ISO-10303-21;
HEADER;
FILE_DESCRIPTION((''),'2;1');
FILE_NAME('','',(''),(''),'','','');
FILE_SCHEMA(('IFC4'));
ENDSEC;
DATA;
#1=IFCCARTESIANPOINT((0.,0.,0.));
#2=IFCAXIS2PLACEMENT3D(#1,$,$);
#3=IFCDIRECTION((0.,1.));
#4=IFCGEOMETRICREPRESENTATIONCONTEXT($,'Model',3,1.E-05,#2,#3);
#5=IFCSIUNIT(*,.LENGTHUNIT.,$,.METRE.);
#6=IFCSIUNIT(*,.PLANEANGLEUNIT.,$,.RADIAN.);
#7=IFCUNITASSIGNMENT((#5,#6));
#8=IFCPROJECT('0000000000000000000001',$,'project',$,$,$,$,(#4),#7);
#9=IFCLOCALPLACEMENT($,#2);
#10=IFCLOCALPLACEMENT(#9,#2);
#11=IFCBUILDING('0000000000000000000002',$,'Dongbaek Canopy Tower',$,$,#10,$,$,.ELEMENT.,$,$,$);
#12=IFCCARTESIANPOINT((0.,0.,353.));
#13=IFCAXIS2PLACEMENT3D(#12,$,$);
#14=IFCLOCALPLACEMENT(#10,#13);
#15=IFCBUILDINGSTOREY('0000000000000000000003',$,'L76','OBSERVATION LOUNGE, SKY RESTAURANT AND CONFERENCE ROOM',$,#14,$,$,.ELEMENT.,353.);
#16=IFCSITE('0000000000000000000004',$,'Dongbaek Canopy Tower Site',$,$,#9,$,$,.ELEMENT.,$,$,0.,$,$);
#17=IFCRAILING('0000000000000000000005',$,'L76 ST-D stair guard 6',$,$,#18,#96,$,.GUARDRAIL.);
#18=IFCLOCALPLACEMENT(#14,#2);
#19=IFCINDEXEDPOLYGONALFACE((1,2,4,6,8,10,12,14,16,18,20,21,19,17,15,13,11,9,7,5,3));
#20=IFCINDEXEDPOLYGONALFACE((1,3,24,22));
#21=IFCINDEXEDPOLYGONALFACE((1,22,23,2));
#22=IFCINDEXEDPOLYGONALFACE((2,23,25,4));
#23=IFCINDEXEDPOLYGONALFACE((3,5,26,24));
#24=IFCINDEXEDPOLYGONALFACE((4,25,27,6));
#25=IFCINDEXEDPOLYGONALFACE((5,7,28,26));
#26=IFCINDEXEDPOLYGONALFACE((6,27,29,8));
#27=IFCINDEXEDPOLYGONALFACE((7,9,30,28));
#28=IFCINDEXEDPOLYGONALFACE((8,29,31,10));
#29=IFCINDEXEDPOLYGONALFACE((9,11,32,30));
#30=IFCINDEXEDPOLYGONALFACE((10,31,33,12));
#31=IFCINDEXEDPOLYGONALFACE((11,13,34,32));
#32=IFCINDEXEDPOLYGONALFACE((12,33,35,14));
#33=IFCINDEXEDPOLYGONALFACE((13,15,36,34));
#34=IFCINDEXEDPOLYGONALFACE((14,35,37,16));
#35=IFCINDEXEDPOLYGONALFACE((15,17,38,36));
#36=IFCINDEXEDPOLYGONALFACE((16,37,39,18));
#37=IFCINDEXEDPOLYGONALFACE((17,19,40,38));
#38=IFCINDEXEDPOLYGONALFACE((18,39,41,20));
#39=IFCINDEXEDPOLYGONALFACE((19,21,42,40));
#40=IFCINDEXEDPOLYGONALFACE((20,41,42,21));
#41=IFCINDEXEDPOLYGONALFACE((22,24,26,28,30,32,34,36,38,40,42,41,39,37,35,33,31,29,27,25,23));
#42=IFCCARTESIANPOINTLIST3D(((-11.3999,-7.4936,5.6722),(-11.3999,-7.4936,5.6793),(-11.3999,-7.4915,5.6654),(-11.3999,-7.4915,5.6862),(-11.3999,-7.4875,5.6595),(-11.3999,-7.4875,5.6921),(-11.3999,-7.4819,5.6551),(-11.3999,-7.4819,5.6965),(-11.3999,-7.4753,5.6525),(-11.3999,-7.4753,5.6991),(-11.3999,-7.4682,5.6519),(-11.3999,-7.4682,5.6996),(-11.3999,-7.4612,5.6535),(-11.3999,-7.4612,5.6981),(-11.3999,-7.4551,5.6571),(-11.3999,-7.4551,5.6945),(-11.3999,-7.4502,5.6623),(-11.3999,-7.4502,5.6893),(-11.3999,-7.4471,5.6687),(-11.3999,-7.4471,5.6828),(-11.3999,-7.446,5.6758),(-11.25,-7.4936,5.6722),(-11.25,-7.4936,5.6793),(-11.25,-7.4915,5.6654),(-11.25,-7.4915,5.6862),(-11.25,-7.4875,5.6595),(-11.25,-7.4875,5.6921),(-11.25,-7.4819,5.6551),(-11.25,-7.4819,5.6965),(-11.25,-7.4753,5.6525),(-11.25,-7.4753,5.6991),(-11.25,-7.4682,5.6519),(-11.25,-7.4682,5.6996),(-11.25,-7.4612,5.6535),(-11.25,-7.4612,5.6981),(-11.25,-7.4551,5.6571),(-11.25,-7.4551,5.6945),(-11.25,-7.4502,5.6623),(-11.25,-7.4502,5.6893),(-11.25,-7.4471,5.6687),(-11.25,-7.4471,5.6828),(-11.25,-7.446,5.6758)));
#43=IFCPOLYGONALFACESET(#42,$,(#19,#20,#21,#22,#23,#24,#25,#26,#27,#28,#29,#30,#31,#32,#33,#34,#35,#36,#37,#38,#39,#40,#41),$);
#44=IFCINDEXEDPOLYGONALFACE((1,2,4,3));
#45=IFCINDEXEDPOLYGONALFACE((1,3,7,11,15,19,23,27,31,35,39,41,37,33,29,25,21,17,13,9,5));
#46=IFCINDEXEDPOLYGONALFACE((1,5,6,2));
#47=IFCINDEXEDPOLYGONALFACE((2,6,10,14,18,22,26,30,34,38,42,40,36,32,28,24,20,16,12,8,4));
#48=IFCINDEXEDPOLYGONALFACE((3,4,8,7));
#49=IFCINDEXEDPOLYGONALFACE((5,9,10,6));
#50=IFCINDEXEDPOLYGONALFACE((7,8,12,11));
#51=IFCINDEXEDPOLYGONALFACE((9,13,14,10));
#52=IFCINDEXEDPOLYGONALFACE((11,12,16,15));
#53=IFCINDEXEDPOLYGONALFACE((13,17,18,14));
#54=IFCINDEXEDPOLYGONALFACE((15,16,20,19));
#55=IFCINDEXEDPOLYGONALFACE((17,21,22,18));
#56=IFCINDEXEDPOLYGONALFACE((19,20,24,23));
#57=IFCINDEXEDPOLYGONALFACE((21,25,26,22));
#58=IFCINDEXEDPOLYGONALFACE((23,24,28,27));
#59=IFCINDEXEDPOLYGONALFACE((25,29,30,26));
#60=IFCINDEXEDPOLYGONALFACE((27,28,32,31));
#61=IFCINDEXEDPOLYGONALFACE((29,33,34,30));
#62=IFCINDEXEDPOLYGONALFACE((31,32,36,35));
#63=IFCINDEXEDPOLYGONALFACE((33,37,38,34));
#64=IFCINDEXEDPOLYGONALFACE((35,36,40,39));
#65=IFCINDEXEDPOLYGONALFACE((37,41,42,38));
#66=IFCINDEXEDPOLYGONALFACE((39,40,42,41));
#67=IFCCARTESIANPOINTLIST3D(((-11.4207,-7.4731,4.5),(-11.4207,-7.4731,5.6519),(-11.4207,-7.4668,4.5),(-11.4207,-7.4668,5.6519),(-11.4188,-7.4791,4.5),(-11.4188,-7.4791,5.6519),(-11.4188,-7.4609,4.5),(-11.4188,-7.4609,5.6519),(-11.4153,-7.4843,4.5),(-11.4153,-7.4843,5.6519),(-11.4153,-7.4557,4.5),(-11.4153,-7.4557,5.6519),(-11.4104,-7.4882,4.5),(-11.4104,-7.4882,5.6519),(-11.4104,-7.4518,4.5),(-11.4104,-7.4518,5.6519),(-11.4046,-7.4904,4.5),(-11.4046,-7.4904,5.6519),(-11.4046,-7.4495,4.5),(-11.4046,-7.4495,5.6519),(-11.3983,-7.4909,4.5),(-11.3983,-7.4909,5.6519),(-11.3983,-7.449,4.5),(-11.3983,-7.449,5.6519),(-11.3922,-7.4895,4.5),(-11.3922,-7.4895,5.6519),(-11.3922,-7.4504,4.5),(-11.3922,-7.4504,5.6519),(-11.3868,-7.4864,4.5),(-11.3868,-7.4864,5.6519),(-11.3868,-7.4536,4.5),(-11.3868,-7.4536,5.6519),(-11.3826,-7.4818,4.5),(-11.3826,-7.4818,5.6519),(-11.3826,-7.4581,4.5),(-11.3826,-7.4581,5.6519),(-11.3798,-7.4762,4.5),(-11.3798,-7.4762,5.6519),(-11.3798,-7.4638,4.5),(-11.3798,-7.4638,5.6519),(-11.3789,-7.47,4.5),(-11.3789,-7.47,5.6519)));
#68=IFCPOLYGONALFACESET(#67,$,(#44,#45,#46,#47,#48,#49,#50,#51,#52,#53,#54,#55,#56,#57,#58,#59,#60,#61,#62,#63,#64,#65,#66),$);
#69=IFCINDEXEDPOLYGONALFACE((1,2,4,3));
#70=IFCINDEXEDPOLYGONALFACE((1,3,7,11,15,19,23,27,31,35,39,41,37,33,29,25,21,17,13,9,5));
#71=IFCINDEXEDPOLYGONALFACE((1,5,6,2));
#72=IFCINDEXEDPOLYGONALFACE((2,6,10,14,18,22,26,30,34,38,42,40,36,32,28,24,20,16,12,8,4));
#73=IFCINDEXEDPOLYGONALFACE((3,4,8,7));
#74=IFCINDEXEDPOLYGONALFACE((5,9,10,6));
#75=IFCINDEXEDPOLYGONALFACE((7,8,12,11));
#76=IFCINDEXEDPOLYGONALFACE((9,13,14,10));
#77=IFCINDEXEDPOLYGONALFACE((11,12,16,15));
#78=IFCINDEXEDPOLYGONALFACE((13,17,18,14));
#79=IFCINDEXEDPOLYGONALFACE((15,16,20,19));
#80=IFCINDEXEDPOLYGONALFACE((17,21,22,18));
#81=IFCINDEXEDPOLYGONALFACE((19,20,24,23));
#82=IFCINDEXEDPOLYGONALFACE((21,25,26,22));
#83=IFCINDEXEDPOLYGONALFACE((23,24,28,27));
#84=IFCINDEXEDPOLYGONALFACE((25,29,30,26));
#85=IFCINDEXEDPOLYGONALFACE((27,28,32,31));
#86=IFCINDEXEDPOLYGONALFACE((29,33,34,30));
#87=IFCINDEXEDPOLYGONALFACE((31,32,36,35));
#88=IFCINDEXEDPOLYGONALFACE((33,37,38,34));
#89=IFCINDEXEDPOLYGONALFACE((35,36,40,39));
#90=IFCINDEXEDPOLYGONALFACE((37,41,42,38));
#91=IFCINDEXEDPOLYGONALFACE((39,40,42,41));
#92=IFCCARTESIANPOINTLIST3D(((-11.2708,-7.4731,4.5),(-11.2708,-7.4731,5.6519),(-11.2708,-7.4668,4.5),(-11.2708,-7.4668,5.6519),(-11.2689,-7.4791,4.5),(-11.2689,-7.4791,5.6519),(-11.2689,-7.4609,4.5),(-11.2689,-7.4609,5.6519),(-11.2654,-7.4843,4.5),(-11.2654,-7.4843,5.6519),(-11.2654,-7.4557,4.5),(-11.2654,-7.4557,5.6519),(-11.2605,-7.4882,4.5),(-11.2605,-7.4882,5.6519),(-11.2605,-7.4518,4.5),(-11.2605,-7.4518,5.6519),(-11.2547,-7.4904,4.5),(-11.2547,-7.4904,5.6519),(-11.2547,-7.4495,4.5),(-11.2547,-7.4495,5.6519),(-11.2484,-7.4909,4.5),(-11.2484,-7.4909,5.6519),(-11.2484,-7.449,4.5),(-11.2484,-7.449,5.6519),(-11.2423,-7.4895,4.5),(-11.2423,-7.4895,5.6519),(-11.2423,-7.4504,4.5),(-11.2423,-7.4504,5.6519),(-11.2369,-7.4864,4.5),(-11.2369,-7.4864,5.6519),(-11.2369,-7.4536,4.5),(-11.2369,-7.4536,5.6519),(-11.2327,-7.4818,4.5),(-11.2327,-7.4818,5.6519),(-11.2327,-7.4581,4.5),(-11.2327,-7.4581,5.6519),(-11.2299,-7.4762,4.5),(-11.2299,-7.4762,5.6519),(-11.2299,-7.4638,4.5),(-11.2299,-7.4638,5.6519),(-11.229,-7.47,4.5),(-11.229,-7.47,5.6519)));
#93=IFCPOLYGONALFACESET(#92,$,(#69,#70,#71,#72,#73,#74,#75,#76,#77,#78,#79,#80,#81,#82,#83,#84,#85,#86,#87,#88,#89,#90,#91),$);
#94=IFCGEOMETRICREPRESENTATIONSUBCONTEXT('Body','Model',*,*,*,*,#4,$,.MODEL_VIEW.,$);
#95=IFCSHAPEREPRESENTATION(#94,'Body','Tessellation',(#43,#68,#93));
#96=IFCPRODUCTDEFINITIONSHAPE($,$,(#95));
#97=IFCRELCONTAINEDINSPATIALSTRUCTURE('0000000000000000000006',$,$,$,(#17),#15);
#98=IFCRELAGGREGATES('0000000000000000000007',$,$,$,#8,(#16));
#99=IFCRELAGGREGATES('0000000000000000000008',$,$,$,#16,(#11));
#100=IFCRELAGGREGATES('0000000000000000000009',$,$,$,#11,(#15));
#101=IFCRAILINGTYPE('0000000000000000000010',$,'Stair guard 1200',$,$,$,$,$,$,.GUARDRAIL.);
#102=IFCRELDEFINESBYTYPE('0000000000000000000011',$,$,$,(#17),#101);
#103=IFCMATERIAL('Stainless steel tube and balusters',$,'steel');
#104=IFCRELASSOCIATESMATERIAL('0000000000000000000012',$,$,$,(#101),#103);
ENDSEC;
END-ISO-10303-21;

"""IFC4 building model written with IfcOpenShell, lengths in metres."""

from ifc_helpers import new_model, si_unit, direction, frame, origin, origin_2d, place, context, subcontext, project, spatial, circle, extrude, material, type_object, element, save


model = new_model("IFC4")

# Units and contexts
model_context = context("Model", 3, precision=1e-05, world=origin(), true_north=direction((0.0, 1.0)))
body_context = subcontext(model_context, "Body", "Model", "MODEL_VIEW")
ifc_project = project(units=[si_unit("LENGTHUNIT", "METRE"), si_unit("PLANEANGLEUNIT", "RADIAN")], contexts=[model_context])

# Site, building, storey
site_placement = place(None, origin())
site = spatial("IfcSite", under=ifc_project, at=site_placement, Name="Dongbaek Canopy Tower Site", CompositionType="ELEMENT", RefElevation=0.0)
building_placement = place(site_placement, origin())
building = spatial("IfcBuilding", under=site, at=building_placement, Name="Dongbaek Canopy Tower", CompositionType="ELEMENT")
storey_placement = place(building_placement, frame((0.0, 0.0, 353.0)))
storey = spatial("IfcBuildingStorey", under=building, at=storey_placement, Name="L76", Description="OBSERVATION LOUNGE, SKY RESTAURANT AND CONFERENCE ROOM", CompositionType="ELEMENT", Elevation=353.0)

# Railing
ifc_material_1 = material(Name="Stainless steel tube and balusters", Category="steel")
railing_type_1 = type_object("IfcRailingType", Name="Stair guard 1200", PredefinedType="GUARDRAIL", material=ifc_material_1)
railing_1_placement = place(storey_placement, frame((-11.3999, -7.47, 4.5)))
element("IfcRailing", 1, at=railing_1_placement, inside=storey, type_object=railing_type_1, Name="L76 ST-D stair guard 6", PredefinedType="GUARDRAIL", context=body_context, shape_type="SweptSolid", body=[
    extrude(circle(Radius=0.0239, at=origin_2d()), frame((0.0, 0.0, 1.1758), z_axis=(1.0, 0.0, 0.0), x_axis=(0.0, 1.0, 0.0)), (0.0, 0.0, 1.0), 0.1499),
    extrude(circle(Radius=0.021, at=origin_2d()), origin(), (0.0, 0.0, 1.0), 1.1519),
    extrude(circle(Radius=0.021, at=origin_2d()), frame((0.1499, 0.0, 0.0)), (0.0, 0.0, 1.0), 1.1519),
])

save(model, "model.ifc")
